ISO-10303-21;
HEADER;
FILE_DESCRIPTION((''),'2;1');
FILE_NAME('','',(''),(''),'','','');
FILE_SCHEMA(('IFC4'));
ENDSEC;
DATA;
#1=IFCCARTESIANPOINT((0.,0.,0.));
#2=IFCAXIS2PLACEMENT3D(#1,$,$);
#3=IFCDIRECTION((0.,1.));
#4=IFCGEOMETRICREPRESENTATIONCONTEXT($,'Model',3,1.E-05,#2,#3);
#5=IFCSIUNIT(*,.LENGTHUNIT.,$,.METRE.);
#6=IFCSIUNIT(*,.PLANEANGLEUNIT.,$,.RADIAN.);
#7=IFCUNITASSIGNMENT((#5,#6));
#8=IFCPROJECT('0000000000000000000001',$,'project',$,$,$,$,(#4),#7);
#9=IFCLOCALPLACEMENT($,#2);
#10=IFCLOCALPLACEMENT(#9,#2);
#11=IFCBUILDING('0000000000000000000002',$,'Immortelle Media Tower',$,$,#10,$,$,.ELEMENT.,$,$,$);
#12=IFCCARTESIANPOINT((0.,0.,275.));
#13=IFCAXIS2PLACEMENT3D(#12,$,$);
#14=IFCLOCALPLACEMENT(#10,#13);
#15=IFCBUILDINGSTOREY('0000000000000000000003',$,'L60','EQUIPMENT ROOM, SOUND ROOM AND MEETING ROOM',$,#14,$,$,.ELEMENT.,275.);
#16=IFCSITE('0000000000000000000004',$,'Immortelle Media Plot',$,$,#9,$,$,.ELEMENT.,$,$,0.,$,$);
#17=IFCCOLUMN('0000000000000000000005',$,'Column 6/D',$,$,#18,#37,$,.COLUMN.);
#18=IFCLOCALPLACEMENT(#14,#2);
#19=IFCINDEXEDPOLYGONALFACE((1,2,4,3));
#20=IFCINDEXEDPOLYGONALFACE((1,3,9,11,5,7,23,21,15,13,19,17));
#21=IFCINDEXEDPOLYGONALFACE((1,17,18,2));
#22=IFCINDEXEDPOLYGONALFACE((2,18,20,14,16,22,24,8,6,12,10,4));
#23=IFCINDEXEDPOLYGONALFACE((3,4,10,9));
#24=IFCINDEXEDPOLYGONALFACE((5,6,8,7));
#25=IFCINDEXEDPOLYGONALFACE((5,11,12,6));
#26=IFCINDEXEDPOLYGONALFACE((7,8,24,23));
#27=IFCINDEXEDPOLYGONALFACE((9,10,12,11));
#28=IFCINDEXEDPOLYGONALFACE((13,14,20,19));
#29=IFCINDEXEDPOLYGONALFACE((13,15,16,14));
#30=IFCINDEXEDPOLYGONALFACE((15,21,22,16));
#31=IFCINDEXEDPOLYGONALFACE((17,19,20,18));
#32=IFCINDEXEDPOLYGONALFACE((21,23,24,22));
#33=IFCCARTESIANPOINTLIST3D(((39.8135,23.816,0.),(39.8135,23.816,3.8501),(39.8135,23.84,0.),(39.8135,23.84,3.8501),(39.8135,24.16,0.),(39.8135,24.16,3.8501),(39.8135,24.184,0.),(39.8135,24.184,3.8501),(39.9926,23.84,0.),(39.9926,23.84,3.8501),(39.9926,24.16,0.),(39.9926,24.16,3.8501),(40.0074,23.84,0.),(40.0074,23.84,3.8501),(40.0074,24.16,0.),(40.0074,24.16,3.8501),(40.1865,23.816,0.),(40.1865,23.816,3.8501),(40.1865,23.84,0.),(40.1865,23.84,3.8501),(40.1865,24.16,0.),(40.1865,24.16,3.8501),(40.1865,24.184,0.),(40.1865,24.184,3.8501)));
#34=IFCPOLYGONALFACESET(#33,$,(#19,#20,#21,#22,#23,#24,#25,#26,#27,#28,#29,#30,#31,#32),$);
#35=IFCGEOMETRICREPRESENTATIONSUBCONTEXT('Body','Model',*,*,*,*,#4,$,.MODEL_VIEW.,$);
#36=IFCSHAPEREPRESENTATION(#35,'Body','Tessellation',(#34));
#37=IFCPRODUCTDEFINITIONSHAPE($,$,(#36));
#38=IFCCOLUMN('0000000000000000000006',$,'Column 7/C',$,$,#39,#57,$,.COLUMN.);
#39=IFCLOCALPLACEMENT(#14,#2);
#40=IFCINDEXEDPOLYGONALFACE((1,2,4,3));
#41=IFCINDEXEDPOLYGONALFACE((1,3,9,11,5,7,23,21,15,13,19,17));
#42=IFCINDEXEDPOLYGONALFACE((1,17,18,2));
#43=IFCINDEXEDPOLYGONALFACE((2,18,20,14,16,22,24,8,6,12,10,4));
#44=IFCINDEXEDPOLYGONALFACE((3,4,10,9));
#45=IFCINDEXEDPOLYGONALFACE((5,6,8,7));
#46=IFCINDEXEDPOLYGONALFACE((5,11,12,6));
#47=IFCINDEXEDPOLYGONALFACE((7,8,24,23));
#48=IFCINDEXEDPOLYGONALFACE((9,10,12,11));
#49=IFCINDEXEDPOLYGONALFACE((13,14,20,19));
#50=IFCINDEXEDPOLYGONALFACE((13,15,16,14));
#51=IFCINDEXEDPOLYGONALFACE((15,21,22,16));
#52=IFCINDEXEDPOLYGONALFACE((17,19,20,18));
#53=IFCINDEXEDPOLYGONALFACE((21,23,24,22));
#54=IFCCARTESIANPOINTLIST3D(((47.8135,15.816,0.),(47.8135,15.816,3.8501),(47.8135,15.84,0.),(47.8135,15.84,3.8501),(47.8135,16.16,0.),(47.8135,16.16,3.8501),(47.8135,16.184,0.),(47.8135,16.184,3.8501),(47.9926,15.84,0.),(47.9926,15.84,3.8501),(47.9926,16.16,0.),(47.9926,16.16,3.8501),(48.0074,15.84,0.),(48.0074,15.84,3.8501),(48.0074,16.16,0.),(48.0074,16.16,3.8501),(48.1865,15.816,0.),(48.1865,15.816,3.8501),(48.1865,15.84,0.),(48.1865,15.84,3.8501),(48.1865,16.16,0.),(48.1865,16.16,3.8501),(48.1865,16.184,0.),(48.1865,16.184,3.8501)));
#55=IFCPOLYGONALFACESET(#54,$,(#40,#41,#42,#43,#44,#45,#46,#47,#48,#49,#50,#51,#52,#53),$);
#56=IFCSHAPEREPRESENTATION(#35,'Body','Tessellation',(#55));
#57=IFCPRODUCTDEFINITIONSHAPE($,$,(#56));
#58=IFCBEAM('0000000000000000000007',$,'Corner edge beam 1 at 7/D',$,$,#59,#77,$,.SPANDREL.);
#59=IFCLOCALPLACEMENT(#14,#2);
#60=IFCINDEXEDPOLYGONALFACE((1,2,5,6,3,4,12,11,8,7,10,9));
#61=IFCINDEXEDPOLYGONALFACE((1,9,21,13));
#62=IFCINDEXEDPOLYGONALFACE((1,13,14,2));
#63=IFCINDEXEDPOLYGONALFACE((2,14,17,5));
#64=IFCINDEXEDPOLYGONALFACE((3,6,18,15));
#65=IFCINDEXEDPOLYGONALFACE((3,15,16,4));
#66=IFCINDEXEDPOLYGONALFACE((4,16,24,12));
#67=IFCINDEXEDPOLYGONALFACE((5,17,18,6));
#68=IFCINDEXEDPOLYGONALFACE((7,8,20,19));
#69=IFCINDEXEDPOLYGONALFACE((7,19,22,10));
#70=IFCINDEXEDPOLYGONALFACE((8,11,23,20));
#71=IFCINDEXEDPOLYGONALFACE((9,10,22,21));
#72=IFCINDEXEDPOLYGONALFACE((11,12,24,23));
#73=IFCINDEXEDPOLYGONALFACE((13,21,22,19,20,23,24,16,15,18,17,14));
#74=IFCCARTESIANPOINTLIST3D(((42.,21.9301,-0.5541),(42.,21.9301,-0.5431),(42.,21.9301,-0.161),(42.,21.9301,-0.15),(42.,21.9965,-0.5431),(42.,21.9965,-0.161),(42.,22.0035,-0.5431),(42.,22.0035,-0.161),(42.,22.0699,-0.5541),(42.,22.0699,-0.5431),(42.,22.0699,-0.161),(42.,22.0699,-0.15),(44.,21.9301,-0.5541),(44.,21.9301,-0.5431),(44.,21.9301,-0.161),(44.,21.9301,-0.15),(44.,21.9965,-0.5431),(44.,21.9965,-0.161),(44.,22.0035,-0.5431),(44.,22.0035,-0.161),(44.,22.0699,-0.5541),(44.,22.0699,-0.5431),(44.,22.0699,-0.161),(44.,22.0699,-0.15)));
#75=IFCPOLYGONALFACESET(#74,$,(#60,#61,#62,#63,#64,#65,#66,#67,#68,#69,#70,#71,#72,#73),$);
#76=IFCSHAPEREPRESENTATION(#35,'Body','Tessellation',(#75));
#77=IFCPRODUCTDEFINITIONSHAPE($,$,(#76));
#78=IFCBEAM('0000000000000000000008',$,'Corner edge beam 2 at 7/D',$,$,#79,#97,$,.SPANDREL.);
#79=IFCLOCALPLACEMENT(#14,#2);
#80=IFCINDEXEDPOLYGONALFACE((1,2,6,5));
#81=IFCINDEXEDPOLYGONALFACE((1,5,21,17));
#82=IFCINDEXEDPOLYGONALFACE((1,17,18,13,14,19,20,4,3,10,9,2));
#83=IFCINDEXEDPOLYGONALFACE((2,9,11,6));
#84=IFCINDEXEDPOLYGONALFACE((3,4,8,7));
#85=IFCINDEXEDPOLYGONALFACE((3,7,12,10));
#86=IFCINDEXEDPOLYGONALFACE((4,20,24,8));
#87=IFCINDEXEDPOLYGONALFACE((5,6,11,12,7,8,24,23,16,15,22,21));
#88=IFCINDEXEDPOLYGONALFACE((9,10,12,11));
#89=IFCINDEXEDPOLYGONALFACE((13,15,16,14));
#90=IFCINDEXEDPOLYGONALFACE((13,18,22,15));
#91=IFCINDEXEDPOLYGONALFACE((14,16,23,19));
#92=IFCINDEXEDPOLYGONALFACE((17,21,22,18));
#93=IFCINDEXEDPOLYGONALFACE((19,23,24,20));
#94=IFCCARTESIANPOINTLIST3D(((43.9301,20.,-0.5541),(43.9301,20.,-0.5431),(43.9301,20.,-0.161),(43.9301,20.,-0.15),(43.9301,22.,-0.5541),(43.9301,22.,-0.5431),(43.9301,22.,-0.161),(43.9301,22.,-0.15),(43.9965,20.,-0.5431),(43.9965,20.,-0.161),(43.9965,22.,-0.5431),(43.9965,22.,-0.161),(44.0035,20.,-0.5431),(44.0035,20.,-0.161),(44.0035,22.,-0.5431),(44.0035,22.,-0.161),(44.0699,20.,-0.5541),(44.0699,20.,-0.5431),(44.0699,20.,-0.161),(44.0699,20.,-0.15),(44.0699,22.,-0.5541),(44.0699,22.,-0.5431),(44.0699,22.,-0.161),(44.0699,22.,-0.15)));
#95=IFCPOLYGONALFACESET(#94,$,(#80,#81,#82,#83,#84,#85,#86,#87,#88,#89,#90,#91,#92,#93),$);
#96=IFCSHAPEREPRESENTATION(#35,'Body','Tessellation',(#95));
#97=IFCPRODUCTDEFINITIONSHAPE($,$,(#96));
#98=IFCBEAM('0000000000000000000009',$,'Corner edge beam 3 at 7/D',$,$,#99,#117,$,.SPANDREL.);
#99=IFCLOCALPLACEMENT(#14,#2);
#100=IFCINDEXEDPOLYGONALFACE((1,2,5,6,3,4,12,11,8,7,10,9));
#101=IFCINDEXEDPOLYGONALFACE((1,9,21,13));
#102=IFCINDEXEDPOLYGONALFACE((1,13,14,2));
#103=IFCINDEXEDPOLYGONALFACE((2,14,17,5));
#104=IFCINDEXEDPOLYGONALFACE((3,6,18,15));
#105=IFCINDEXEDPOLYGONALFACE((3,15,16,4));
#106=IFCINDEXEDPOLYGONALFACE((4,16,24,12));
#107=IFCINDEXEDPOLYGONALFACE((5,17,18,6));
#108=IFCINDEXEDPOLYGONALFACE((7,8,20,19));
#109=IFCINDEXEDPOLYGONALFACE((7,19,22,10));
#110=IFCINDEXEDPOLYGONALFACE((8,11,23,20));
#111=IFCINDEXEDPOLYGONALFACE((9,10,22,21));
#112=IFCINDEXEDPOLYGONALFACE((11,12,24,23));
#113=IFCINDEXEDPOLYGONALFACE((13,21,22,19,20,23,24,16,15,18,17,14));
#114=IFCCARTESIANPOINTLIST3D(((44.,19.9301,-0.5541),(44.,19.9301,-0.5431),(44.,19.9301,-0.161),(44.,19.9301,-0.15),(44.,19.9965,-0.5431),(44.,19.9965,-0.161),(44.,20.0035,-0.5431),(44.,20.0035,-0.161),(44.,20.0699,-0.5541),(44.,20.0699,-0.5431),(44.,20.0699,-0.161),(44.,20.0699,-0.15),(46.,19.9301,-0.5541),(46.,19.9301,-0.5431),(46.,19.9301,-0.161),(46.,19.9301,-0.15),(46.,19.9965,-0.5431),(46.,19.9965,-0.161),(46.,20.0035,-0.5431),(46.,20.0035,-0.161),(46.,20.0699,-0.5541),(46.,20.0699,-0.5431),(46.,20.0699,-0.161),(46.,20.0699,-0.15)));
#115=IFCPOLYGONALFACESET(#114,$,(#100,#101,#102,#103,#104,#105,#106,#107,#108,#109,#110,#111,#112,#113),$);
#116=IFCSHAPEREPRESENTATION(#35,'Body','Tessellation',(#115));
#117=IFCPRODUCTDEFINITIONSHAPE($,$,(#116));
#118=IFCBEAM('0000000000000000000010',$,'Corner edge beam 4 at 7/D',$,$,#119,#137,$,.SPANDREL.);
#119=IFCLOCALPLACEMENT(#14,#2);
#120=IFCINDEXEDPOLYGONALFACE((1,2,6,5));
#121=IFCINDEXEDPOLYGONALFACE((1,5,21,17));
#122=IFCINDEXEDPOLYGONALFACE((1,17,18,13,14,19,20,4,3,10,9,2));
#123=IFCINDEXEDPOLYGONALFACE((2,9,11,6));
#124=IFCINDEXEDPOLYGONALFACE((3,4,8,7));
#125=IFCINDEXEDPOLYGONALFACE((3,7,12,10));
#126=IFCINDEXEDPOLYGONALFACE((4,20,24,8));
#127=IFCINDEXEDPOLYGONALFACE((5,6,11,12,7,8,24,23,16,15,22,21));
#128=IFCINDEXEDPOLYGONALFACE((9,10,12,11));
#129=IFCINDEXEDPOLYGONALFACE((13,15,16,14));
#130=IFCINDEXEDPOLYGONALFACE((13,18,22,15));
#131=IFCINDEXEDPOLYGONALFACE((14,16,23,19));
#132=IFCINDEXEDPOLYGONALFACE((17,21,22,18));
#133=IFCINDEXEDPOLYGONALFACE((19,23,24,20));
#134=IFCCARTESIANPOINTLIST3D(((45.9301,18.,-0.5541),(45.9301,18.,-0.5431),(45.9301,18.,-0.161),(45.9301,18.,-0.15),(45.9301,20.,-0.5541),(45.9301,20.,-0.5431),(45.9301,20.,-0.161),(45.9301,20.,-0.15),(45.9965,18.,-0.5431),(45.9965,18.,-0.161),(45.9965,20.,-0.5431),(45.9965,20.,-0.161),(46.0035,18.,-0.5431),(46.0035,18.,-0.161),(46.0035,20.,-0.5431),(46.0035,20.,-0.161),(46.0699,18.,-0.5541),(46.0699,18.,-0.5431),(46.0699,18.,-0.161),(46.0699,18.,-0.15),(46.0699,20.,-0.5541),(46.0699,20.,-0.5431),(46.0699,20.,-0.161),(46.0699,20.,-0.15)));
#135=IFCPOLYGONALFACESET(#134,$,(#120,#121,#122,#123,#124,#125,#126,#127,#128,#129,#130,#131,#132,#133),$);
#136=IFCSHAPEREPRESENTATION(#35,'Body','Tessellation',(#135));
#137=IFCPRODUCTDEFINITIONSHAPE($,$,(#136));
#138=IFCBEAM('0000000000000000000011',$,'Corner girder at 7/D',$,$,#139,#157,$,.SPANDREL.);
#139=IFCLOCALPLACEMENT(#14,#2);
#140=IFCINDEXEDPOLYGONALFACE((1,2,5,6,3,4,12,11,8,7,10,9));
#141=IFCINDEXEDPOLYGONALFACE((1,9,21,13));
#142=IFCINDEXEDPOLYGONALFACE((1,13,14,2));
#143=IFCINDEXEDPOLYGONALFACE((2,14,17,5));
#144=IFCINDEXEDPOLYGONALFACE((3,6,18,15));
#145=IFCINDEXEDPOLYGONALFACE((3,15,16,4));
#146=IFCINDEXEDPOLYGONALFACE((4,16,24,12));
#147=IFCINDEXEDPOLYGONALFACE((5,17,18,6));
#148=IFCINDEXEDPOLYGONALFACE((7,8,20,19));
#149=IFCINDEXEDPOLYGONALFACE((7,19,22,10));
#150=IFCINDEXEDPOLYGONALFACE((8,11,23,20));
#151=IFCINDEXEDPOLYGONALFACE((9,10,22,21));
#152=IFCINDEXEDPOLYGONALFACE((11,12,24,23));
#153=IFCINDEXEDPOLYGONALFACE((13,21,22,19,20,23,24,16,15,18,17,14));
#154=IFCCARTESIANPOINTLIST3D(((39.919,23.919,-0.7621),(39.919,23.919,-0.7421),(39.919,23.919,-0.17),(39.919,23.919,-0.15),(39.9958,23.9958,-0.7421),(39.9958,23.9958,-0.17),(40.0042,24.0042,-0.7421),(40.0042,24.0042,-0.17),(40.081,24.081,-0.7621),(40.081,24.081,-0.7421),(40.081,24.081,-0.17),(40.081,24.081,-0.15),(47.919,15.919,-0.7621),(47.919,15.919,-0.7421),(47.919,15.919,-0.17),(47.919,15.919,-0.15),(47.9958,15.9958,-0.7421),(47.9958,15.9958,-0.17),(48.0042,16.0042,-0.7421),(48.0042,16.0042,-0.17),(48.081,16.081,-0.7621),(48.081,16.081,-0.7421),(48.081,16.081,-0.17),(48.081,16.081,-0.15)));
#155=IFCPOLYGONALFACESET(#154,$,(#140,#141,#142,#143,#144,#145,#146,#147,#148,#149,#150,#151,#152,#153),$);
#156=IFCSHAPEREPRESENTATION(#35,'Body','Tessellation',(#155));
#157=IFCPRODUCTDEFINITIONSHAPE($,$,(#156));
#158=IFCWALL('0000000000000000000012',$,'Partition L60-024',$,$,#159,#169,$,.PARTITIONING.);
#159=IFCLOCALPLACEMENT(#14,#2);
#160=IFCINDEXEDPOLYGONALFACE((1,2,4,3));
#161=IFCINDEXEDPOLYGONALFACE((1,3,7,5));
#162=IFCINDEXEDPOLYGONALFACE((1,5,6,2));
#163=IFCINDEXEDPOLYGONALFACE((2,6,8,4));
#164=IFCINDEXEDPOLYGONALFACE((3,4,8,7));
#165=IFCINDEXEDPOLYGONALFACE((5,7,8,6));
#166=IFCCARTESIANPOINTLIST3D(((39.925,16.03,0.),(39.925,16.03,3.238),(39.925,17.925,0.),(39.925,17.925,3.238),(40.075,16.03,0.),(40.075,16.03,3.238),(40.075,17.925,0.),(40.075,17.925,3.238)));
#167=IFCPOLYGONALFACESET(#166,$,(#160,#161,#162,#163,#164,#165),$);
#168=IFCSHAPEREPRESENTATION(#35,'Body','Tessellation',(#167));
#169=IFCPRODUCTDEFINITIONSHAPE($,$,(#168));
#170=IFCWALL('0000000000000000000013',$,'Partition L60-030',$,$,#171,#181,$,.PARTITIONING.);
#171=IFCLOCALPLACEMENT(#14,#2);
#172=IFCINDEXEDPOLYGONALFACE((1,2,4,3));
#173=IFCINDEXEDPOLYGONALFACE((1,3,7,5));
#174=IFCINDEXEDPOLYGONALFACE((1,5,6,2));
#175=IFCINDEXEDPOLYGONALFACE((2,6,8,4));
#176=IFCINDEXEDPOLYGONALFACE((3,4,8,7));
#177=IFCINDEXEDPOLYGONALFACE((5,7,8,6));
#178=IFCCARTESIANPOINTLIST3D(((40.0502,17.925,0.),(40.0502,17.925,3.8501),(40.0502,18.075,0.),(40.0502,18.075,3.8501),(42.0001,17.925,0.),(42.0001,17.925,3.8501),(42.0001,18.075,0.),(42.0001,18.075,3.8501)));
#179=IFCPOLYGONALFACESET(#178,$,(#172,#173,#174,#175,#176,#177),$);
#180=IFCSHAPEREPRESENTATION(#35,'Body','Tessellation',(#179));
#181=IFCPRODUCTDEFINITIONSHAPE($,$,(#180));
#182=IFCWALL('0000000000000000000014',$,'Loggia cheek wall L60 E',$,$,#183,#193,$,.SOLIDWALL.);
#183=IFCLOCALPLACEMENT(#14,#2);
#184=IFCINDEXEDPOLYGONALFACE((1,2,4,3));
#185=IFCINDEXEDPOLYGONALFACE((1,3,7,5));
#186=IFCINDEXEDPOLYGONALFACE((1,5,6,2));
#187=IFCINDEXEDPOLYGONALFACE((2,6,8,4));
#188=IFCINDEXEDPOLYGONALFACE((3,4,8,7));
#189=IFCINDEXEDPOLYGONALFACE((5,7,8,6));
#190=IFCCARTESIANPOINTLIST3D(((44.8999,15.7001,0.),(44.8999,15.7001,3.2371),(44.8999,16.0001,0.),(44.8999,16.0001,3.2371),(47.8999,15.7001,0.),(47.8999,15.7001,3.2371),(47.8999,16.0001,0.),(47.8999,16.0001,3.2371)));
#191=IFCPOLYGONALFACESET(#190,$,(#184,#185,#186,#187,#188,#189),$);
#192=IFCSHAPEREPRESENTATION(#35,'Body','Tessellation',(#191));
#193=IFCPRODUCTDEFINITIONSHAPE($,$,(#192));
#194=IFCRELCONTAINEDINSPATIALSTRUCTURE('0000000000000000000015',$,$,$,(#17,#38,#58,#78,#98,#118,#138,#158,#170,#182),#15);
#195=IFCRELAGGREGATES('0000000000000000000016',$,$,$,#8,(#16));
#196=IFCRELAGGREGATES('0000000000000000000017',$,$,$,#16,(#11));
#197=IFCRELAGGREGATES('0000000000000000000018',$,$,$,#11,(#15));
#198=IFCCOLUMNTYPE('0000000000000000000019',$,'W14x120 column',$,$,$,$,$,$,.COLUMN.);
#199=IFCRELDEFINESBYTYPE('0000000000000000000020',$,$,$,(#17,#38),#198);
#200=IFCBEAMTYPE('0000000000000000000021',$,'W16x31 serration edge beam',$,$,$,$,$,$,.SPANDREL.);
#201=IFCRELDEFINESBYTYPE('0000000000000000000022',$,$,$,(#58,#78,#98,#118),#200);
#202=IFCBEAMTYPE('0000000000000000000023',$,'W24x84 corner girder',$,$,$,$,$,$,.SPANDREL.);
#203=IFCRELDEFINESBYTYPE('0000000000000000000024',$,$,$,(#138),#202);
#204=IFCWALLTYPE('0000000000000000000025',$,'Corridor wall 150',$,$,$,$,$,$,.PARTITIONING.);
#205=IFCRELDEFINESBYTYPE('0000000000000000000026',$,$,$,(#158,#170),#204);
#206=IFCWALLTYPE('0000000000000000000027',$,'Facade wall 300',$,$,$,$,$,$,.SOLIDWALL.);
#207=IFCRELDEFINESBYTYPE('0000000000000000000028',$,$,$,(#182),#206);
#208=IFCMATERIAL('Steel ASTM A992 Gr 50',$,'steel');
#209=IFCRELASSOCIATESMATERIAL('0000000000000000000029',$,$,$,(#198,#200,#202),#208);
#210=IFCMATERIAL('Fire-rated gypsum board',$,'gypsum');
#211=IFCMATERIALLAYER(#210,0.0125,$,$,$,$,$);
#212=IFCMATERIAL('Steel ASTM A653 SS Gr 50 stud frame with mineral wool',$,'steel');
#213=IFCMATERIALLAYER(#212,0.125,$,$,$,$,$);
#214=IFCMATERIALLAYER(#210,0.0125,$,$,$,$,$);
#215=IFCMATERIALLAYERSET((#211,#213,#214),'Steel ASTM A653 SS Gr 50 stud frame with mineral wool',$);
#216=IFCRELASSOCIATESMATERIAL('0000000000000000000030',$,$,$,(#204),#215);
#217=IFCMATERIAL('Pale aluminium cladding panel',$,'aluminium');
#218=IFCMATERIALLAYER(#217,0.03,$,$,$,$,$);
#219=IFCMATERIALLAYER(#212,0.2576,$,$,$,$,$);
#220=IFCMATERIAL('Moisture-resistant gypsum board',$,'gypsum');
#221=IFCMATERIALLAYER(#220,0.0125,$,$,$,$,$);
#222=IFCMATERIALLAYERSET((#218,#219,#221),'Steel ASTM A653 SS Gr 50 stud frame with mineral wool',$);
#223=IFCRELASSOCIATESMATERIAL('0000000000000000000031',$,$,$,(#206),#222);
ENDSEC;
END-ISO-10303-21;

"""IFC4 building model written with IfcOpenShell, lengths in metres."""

from ifc_helpers import new_model, si_unit, direction, frame, frame_2d, origin, origin_2d, place, context, subcontext, project, spatial, rectangle, i_section, extrude, material, layer, layer_set, material_profile, profile_set, type_object, element, save


model = new_model("IFC4")

# Units and contexts
model_context = context("Model", 3, precision=1e-05, world=origin(), true_north=direction((0.0, 1.0)))
body_context = subcontext(model_context, "Body", "Model", "MODEL_VIEW")
ifc_project = project(units=[si_unit("LENGTHUNIT", "METRE"), si_unit("PLANEANGLEUNIT", "RADIAN")], contexts=[model_context])

# Site, building, storey
site_placement = place(None, origin())
site = spatial("IfcSite", under=ifc_project, at=site_placement, Name="Immortelle Media Plot", CompositionType="ELEMENT", RefElevation=0.0)
building_placement = place(site_placement, origin())
building = spatial("IfcBuilding", under=site, at=building_placement, Name="Immortelle Media Tower", CompositionType="ELEMENT")
storey_placement = place(building_placement, frame((0.0, 0.0, 275.0)))
storey = spatial("IfcBuildingStorey", under=building, at=storey_placement, Name="L60", Description="EQUIPMENT ROOM, SOUND ROOM AND MEETING ROOM", CompositionType="ELEMENT", Elevation=275.0)

# Columns
ifc_material_1 = material(Name="Steel ASTM A992 Gr 50", Category="steel")
ifc_material_profile_1 = material_profile(ifc_material_1, i_section(OverallWidth=0.373, OverallDepth=0.3679, WebThickness=0.0149, FlangeThickness=0.0239, at=origin_2d()), Name="W14x120")
ifc_profile_set_1 = profile_set([ifc_material_profile_1], Name="Steel ASTM A992 Gr 50")
column_type = type_object("IfcColumnType", Name="W14x120 column", PredefinedType="COLUMN", material=ifc_profile_set_1)
for number, where, z_axis, x_axis, name in (
    (1, (40.0, 24.0, 0.0), (0.0, 0.0, 1.0), (1.0, 0.0, 0.0), "Column 6/D"),
    (2, (48.0, 16.0, 0.0), (0.0, 0.0, 1.0), (1.0, 0.0, 0.0), "Column 7/C"),
):
    element("IfcColumn", number, at=place(storey_placement, frame(where, z_axis=z_axis, x_axis=x_axis)), inside=storey, type_object=column_type, Name=name, PredefinedType="COLUMN", context=body_context, shape_type="SweptSolid", body=[
        extrude(i_section(OverallWidth=0.373, OverallDepth=0.3679, WebThickness=0.0149, FlangeThickness=0.0239, at=origin_2d()), origin(), (0.0, 0.0, 1.0), 3.8501),
    ])

# Beams
ifc_material_profile_2 = material_profile(ifc_material_1, i_section(OverallWidth=0.1399, OverallDepth=0.4041, WebThickness=0.0071, FlangeThickness=0.011, at=origin_2d()), Name="W16x31")
ifc_profile_set_2 = profile_set([ifc_material_profile_2], Name="Steel ASTM A992 Gr 50")
beam_type_1 = type_object("IfcBeamType", Name="W16x31 serration edge beam", PredefinedType="SPANDREL", material=ifc_profile_set_2)
for number, where, z_axis, x_axis, name in (
    (3, (42.0, 22.0, -0.3521), (1.0, 0.0, 0.0), (0.0, 1.0, 0.0), "Corner edge beam 1 at 7/D"),
    (4, (44.0, 22.0, -0.3521), (0.0, -1.0, 0.0), (1.0, 0.0, 0.0), "Corner edge beam 2 at 7/D"),
    (5, (44.0, 20.0, -0.3521), (1.0, 0.0, 0.0), (0.0, 1.0, 0.0), "Corner edge beam 3 at 7/D"),
    (6, (46.0, 20.0, -0.3521), (0.0, -1.0, 0.0), (1.0, 0.0, 0.0), "Corner edge beam 4 at 7/D"),
):
    element("IfcBeam", number, at=place(storey_placement, frame(where, z_axis=z_axis, x_axis=x_axis)), inside=storey, type_object=beam_type_1, Name=name, PredefinedType="SPANDREL", context=body_context, shape_type="SweptSolid", body=[
        extrude(i_section(OverallWidth=0.1399, OverallDepth=0.4041, WebThickness=0.0071, FlangeThickness=0.011, at=origin_2d()), origin(), (0.0, 0.0, 1.0), 2.0),
    ])
ifc_material_profile_3 = material_profile(ifc_material_1, i_section(OverallWidth=0.229, OverallDepth=0.6121, WebThickness=0.012, FlangeThickness=0.02, at=origin_2d()), Name="W24x84")
ifc_profile_set_3 = profile_set([ifc_material_profile_3], Name="Steel ASTM A992 Gr 50")
beam_type_2 = type_object("IfcBeamType", Name="W24x84 corner girder", PredefinedType="SPANDREL", material=ifc_profile_set_3)
beam_placement = place(storey_placement, frame((40.0, 24.0, -0.4561), z_axis=(0.707107, -0.707107, 0.0), x_axis=(0.707107, 0.707107, 0.0)))
element("IfcBeam", 7, at=beam_placement, inside=storey, type_object=beam_type_2, Name="Corner girder at 7/D", PredefinedType="SPANDREL", context=body_context, shape_type="SweptSolid", body=[
    extrude(i_section(OverallWidth=0.229, OverallDepth=0.6121, WebThickness=0.012, FlangeThickness=0.02, at=origin_2d()), origin(), (0.0, 0.0, 1.0), 11.3137),
])

# Walls
ifc_material_2 = material(Name="Fire-rated gypsum board", Category="gypsum")
ifc_layer_1 = layer(ifc_material_2, 0.0125)
ifc_material_3 = material(Name="Steel ASTM A653 SS Gr 50 stud frame with mineral wool", Category="steel")
ifc_layer_2 = layer(ifc_material_3, 0.125)
ifc_layer_3 = layer(ifc_material_2, 0.0125)
ifc_layer_set_1 = layer_set([ifc_layer_1, ifc_layer_2, ifc_layer_3], Name="Steel ASTM A653 SS Gr 50 stud frame with mineral wool")
wall_type_1 = type_object("IfcWallType", Name="Corridor wall 150", PredefinedType="PARTITIONING", material=ifc_layer_set_1)
wall_1_placement = place(storey_placement, frame((40.0, 16.03, 0.0), z_axis=(0.0, 0.0, 1.0), x_axis=(0.0, 1.0, 0.0)))
element("IfcWall", 8, at=wall_1_placement, inside=storey, type_object=wall_type_1, Name="Partition L60-024", PredefinedType="PARTITIONING", context=body_context, shape_type="SweptSolid", body=[
    extrude(rectangle(XDim=1.895, YDim=0.1499, at=frame_2d((0.9475, 0.0))), origin(), (0.0, 0.0, 1.0), 3.238),
])
wall_2_placement = place(storey_placement, frame((40.05, 18.0, 0.0), z_axis=(0.0, 0.0, 1.0), x_axis=(1.0, 0.0, 0.0)))
element("IfcWall", 9, at=wall_2_placement, inside=storey, type_object=wall_type_1, Name="Partition L60-030", PredefinedType="PARTITIONING", context=body_context, shape_type="SweptSolid", body=[
    extrude(rectangle(XDim=1.95, YDim=0.1499, at=frame_2d((0.9751, 0.0))), origin(), (0.0, 0.0, 1.0), 3.8501),
])
ifc_material_4 = material(Name="Pale aluminium cladding panel", Category="aluminium")
ifc_layer_4 = layer(ifc_material_4, 0.03)
ifc_layer_5 = layer(ifc_material_3, 0.2576)
ifc_material_5 = material(Name="Moisture-resistant gypsum board", Category="gypsum")
ifc_layer_6 = layer(ifc_material_5, 0.0125)
ifc_layer_set_2 = layer_set([ifc_layer_4, ifc_layer_5, ifc_layer_6], Name="Steel ASTM A653 SS Gr 50 stud frame with mineral wool")
wall_type_2 = type_object("IfcWallType", Name="Facade wall 300", PredefinedType="SOLIDWALL", material=ifc_layer_set_2)
wall_3_placement = place(storey_placement, frame((47.8999, 15.8501, 0.0), z_axis=(0.0, 0.0, 1.0), x_axis=(-1.0, 0.0, 0.0)))
element("IfcWall", 10, at=wall_3_placement, inside=storey, type_object=wall_type_2, Name="Loggia cheek wall L60 E", PredefinedType="SOLIDWALL", context=body_context, shape_type="SweptSolid", body=[
    extrude(rectangle(XDim=3.0, YDim=0.3, at=frame_2d((1.5, 0.0))), origin(), (0.0, 0.0, 1.0), 3.2371),
])

save(model, "model.ifc")
